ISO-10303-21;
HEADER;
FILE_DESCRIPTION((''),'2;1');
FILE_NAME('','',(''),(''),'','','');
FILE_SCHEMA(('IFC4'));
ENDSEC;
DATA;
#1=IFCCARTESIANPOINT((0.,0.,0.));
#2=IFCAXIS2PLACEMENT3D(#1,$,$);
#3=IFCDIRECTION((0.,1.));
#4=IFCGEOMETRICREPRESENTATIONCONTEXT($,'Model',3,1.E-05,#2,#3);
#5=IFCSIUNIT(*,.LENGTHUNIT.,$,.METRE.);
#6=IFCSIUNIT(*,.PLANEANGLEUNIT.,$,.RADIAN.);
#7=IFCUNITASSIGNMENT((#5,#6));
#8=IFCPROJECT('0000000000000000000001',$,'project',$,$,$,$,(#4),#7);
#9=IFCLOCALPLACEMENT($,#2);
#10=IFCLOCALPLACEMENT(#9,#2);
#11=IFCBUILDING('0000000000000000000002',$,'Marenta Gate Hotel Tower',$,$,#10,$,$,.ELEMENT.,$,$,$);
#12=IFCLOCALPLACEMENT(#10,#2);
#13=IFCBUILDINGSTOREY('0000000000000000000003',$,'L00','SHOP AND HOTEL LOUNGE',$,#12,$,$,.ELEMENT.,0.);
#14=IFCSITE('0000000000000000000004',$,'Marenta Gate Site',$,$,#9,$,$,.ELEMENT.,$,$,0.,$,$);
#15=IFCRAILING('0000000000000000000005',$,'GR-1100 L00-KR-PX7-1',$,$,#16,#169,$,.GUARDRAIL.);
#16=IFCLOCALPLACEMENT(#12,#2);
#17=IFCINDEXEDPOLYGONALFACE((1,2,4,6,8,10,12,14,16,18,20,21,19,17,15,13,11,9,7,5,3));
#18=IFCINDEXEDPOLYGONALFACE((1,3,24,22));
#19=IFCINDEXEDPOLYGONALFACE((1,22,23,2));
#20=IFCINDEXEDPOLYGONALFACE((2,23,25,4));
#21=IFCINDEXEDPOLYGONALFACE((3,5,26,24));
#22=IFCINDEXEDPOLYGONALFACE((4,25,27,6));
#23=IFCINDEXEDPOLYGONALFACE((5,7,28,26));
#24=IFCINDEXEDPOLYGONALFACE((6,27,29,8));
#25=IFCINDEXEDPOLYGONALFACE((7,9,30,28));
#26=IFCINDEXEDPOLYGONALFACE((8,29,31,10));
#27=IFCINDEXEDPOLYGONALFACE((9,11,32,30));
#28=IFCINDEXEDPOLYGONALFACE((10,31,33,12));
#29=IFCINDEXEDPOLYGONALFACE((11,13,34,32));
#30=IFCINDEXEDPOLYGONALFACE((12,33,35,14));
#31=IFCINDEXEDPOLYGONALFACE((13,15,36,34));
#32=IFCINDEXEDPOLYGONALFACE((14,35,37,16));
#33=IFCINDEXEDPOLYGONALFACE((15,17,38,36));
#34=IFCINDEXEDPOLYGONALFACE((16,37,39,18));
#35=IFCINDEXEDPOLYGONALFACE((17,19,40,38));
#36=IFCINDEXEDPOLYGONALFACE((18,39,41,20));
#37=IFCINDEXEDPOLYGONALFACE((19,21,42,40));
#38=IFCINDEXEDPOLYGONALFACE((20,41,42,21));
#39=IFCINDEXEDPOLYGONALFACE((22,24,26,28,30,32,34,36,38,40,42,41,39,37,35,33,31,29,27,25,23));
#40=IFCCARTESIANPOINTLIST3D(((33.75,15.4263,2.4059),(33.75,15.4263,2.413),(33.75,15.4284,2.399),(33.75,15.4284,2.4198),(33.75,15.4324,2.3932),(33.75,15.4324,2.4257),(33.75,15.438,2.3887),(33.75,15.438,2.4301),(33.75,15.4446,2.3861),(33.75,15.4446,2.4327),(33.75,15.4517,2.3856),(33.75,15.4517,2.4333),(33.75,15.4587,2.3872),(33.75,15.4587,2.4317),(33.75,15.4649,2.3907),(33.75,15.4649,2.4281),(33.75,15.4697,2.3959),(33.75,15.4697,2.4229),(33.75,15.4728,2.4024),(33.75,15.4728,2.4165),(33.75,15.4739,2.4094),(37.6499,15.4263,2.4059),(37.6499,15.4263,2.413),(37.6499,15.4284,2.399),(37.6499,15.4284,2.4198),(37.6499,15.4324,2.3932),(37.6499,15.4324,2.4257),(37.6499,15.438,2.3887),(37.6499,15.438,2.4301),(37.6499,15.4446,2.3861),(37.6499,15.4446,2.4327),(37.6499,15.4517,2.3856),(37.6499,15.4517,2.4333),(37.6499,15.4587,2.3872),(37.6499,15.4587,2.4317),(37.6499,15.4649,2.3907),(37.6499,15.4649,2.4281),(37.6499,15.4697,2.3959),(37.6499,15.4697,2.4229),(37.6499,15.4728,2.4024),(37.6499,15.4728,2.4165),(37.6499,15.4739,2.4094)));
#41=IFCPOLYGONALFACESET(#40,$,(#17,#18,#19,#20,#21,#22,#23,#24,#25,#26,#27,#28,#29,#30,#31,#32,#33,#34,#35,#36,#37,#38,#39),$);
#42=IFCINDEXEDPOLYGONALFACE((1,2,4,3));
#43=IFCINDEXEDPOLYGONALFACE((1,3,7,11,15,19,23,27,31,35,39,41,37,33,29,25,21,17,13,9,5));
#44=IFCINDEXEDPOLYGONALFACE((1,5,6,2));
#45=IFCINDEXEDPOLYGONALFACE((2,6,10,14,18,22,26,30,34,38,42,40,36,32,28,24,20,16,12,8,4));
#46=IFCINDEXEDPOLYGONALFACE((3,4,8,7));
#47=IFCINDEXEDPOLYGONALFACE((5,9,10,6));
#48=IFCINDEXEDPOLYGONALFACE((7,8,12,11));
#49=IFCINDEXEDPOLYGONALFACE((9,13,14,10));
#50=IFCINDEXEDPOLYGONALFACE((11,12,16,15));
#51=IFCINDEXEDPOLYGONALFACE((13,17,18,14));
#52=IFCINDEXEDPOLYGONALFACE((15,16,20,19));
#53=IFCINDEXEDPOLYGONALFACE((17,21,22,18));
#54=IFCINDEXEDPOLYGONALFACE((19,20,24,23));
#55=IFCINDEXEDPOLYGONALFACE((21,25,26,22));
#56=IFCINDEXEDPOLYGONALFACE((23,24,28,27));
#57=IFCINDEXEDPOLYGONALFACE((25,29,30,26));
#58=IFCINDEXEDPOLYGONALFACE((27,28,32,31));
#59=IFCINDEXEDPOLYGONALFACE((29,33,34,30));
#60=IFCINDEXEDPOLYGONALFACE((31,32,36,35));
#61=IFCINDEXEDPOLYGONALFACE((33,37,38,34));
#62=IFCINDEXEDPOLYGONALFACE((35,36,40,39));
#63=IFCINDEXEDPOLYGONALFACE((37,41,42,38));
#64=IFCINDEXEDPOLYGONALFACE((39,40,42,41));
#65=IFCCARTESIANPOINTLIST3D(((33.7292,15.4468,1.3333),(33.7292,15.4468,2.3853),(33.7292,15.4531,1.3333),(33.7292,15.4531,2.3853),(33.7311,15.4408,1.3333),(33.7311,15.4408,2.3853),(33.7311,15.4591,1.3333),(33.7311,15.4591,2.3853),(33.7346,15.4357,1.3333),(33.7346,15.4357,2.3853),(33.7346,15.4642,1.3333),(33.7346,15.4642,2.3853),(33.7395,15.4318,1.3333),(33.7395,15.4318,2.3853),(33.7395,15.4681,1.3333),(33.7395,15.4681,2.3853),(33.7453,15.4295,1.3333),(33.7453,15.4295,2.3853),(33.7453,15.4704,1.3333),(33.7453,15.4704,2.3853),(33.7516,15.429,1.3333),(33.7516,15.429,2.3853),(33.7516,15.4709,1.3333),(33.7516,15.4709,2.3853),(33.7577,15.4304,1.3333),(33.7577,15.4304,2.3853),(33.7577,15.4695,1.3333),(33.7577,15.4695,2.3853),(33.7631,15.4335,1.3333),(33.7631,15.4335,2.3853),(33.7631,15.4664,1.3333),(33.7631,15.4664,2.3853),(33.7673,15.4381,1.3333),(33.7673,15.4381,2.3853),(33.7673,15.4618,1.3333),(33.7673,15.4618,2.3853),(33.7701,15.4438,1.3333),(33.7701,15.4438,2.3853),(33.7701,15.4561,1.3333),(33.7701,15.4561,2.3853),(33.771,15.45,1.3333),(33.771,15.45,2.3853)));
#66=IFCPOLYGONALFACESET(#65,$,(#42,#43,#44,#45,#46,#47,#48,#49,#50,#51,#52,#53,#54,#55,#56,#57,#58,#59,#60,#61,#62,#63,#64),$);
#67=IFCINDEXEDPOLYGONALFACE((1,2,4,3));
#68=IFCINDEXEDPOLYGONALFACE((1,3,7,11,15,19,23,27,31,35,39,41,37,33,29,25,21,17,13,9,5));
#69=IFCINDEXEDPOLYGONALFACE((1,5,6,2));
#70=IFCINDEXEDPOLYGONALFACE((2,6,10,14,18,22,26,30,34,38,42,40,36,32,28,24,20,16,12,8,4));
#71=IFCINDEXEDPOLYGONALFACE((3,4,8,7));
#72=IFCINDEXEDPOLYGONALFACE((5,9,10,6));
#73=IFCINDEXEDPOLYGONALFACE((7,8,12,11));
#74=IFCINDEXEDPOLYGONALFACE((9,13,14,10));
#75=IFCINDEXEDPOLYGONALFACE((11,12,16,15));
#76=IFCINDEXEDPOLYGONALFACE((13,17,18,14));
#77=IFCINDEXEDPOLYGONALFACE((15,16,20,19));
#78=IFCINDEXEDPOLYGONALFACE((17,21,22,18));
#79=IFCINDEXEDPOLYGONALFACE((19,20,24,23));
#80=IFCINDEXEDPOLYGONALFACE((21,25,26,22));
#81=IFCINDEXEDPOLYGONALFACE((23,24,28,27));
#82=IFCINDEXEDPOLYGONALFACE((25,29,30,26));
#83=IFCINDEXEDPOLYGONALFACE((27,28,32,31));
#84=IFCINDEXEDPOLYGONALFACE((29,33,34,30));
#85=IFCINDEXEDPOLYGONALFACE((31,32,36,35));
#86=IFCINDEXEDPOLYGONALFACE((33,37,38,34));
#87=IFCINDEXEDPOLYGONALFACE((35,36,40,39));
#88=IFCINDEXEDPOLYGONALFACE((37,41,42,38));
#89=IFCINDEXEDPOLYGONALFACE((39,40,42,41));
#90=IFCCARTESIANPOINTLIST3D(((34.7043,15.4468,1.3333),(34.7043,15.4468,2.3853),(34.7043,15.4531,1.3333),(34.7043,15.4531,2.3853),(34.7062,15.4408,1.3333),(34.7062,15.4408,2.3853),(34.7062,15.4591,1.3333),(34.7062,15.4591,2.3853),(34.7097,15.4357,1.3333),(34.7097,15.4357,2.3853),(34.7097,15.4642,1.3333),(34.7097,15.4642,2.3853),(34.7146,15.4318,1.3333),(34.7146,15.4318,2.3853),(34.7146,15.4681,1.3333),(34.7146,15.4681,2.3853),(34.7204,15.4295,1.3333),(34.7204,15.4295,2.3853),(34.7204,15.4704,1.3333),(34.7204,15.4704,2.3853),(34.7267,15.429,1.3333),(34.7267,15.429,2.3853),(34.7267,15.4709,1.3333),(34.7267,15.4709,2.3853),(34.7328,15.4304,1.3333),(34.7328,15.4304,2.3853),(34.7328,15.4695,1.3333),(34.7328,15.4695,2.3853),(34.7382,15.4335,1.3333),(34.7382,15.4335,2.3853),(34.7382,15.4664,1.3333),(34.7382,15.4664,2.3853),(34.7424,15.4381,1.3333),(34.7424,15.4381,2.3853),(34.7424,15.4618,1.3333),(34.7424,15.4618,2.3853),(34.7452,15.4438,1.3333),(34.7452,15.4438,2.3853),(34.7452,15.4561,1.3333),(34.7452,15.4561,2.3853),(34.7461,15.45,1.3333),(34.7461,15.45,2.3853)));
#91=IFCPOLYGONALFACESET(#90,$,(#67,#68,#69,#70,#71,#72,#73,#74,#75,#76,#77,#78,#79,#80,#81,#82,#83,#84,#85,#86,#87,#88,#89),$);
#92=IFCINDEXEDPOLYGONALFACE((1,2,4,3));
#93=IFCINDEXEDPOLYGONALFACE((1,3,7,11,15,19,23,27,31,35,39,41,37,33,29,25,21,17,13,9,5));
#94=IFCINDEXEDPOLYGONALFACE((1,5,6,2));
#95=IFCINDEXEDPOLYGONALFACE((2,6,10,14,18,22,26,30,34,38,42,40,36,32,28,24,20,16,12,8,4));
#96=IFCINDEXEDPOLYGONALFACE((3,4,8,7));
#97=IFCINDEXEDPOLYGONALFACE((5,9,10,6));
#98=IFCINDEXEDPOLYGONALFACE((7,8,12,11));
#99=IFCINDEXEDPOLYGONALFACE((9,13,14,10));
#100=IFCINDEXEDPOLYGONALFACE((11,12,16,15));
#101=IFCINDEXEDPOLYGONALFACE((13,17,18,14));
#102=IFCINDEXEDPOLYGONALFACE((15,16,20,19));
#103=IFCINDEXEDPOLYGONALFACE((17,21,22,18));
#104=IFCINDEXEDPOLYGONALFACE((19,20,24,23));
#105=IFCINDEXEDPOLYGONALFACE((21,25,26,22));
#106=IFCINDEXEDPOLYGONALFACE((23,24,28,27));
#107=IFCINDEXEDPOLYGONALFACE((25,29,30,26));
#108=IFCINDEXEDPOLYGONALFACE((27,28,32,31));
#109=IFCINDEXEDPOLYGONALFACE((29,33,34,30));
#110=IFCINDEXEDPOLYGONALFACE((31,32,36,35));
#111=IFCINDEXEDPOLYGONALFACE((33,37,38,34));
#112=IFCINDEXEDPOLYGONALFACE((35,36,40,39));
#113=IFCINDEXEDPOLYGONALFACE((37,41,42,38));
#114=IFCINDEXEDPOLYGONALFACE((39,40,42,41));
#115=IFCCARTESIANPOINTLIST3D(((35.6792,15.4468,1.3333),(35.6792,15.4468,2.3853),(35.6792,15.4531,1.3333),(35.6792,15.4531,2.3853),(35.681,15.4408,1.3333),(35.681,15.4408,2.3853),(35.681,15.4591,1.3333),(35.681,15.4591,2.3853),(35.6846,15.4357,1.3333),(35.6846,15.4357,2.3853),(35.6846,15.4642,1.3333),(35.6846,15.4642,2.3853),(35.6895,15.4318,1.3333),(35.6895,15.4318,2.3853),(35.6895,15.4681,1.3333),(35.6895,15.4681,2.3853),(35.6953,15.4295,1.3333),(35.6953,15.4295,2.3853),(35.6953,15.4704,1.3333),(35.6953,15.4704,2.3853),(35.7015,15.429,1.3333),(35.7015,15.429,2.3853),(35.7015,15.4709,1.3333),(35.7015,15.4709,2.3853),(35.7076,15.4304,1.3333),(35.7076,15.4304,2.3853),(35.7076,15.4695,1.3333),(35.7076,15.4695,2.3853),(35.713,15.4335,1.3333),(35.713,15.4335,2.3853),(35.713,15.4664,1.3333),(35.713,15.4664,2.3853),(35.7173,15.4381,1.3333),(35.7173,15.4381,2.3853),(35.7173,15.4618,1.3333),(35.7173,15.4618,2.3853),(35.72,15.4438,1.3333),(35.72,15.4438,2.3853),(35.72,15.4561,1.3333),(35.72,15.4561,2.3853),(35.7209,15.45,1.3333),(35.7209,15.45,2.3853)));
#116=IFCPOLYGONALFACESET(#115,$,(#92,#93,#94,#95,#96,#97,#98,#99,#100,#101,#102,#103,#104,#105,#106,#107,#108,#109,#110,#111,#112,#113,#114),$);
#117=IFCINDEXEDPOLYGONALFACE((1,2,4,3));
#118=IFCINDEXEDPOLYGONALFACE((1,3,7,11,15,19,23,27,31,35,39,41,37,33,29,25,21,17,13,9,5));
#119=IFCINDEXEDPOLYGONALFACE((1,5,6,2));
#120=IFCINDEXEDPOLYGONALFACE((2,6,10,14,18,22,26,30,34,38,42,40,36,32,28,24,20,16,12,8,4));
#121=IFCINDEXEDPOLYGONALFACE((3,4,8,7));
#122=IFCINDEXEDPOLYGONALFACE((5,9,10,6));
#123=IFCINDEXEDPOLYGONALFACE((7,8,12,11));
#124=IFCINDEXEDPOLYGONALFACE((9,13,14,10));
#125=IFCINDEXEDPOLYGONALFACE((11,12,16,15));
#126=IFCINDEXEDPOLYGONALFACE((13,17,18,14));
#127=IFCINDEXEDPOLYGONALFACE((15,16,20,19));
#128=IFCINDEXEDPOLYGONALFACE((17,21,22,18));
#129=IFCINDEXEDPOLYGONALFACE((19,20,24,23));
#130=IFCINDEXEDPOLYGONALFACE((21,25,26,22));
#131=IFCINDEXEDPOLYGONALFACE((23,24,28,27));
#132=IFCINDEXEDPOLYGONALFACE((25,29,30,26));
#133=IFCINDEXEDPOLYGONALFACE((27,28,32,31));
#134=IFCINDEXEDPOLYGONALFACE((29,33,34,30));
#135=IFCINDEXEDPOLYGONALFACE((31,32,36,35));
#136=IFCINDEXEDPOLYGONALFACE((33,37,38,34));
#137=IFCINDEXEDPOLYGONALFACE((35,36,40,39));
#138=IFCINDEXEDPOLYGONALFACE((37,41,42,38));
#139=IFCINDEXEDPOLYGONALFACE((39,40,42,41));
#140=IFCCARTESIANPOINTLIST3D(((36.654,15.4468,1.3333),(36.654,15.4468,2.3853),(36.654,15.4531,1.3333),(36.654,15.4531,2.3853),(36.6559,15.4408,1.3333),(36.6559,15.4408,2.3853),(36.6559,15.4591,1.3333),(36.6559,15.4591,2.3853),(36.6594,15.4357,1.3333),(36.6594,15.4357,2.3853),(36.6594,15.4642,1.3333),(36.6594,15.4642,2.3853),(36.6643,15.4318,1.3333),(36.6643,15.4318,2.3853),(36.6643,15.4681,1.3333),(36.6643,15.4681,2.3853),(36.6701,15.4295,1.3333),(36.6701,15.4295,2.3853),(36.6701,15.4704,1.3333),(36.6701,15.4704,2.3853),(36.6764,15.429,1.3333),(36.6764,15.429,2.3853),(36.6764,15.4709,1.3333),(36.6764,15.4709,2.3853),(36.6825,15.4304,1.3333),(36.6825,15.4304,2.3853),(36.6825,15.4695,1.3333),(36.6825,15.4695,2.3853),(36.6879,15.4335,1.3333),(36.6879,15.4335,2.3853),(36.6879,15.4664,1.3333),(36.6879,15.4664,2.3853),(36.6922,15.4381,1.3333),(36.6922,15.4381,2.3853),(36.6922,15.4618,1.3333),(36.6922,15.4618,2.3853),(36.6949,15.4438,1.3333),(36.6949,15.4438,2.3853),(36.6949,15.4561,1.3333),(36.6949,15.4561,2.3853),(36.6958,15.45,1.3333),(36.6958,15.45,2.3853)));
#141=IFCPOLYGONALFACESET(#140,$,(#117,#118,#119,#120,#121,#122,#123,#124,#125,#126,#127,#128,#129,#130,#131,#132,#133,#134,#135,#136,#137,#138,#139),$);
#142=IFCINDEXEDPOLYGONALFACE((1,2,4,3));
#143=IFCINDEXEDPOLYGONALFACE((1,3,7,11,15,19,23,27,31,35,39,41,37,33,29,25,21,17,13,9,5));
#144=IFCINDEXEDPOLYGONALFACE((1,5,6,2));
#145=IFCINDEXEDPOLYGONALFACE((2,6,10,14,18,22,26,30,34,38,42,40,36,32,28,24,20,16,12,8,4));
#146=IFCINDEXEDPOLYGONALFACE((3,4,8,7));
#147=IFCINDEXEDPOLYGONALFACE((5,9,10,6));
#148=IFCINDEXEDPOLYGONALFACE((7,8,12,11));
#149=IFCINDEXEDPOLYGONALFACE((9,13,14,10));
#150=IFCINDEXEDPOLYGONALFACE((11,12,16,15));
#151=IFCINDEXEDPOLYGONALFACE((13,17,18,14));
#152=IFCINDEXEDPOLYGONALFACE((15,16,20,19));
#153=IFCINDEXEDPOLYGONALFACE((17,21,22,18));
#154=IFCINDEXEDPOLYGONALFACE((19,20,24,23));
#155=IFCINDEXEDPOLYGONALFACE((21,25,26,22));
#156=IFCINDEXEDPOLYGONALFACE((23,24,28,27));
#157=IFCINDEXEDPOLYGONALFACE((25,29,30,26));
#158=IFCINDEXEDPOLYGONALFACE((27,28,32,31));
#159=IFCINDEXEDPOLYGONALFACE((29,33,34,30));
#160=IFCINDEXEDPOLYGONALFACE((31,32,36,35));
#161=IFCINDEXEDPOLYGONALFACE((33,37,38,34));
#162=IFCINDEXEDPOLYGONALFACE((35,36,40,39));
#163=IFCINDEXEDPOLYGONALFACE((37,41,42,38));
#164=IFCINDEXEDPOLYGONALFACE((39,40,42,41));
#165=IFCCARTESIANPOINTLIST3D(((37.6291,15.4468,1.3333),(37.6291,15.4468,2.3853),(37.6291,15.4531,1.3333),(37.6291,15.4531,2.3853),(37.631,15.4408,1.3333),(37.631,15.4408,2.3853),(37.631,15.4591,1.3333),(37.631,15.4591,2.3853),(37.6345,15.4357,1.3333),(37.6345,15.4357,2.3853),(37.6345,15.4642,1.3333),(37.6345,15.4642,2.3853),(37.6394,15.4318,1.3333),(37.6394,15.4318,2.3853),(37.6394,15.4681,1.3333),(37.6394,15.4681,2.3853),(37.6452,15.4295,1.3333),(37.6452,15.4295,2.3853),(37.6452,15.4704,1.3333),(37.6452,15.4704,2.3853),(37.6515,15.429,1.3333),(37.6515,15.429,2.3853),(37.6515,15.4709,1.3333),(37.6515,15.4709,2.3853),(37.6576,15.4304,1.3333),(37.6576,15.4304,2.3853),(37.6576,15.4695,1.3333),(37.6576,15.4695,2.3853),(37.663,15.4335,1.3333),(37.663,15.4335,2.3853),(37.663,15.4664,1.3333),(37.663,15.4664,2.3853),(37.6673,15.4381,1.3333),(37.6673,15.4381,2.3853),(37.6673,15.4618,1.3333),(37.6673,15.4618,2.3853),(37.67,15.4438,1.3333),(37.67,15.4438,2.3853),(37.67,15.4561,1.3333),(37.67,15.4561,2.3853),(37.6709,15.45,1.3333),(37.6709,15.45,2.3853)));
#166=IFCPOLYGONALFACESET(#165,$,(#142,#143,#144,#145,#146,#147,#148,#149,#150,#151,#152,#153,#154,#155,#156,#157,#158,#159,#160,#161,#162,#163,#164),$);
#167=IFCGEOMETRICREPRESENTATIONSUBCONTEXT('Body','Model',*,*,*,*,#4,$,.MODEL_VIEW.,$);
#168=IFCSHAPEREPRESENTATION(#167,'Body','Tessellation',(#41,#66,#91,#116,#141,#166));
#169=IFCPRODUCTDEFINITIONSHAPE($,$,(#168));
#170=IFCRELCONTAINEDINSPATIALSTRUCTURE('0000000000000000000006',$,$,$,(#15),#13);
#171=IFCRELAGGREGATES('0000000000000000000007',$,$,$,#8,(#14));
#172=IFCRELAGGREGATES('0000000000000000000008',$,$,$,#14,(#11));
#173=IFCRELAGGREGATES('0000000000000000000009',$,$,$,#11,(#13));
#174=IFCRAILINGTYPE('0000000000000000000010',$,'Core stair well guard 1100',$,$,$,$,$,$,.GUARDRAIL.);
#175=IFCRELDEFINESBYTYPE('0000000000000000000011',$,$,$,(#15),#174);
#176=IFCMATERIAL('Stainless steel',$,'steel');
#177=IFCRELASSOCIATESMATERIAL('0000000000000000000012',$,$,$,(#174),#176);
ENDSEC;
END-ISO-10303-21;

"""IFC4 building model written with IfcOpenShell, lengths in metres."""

from ifc_helpers import new_model, si_unit, direction, frame, origin, origin_2d, place, context, subcontext, project, spatial, circle, extrude, material, type_object, element, save


model = new_model("IFC4")

# Units and contexts
model_context = context("Model", 3, precision=1e-05, world=origin(), true_north=direction((0.0, 1.0)))
body_context = subcontext(model_context, "Body", "Model", "MODEL_VIEW")
ifc_project = project(units=[si_unit("LENGTHUNIT", "METRE"), si_unit("PLANEANGLEUNIT", "RADIAN")], contexts=[model_context])

# Site, building, storey
site_placement = place(None, origin())
site = spatial("IfcSite", under=ifc_project, at=site_placement, Name="Marenta Gate Site", CompositionType="ELEMENT", RefElevation=0.0)
building_placement = place(site_placement, origin())
building = spatial("IfcBuilding", under=site, at=building_placement, Name="Marenta Gate Hotel Tower", CompositionType="ELEMENT")
storey_placement = place(building_placement, origin())
storey = spatial("IfcBuildingStorey", under=building, at=storey_placement, Name="L00", Description="SHOP AND HOTEL LOUNGE", CompositionType="ELEMENT", Elevation=0.0)

# Railing
ifc_material_1 = material(Name="Stainless steel", Category="steel")
railing_type_1 = type_object("IfcRailingType", Name="Core stair well guard 1100", PredefinedType="GUARDRAIL", material=ifc_material_1)
railing_1_placement = place(storey_placement, frame((33.75, 15.45, 1.3333)))
element("IfcRailing", 1, at=railing_1_placement, inside=storey, type_object=railing_type_1, Name="GR-1100 L00-KR-PX7-1", PredefinedType="GUARDRAIL", context=body_context, shape_type="SweptSolid", body=[
    extrude(circle(Radius=0.0239, at=origin_2d()), frame((0.0, 0.0, 1.0762), z_axis=(1.0, 0.0, 0.0), x_axis=(0.0, 1.0, 0.0)), (0.0, 0.0, 1.0), 3.8999),
    extrude(circle(Radius=0.021, at=origin_2d()), origin(), (0.0, 0.0, 1.0), 1.052),
    extrude(circle(Radius=0.021, at=origin_2d()), frame((0.9751, 0.0, 0.0)), (0.0, 0.0, 1.0), 1.052),
    extrude(circle(Radius=0.021, at=origin_2d()), frame((1.95, 0.0, 0.0)), (0.0, 0.0, 1.0), 1.052),
    extrude(circle(Radius=0.021, at=origin_2d()), frame((2.9248, 0.0, 0.0)), (0.0, 0.0, 1.0), 1.052),
    extrude(circle(Radius=0.021, at=origin_2d()), frame((3.8999, 0.0, 0.0)), (0.0, 0.0, 1.0), 1.052),
])

save(model, "model.ifc")
